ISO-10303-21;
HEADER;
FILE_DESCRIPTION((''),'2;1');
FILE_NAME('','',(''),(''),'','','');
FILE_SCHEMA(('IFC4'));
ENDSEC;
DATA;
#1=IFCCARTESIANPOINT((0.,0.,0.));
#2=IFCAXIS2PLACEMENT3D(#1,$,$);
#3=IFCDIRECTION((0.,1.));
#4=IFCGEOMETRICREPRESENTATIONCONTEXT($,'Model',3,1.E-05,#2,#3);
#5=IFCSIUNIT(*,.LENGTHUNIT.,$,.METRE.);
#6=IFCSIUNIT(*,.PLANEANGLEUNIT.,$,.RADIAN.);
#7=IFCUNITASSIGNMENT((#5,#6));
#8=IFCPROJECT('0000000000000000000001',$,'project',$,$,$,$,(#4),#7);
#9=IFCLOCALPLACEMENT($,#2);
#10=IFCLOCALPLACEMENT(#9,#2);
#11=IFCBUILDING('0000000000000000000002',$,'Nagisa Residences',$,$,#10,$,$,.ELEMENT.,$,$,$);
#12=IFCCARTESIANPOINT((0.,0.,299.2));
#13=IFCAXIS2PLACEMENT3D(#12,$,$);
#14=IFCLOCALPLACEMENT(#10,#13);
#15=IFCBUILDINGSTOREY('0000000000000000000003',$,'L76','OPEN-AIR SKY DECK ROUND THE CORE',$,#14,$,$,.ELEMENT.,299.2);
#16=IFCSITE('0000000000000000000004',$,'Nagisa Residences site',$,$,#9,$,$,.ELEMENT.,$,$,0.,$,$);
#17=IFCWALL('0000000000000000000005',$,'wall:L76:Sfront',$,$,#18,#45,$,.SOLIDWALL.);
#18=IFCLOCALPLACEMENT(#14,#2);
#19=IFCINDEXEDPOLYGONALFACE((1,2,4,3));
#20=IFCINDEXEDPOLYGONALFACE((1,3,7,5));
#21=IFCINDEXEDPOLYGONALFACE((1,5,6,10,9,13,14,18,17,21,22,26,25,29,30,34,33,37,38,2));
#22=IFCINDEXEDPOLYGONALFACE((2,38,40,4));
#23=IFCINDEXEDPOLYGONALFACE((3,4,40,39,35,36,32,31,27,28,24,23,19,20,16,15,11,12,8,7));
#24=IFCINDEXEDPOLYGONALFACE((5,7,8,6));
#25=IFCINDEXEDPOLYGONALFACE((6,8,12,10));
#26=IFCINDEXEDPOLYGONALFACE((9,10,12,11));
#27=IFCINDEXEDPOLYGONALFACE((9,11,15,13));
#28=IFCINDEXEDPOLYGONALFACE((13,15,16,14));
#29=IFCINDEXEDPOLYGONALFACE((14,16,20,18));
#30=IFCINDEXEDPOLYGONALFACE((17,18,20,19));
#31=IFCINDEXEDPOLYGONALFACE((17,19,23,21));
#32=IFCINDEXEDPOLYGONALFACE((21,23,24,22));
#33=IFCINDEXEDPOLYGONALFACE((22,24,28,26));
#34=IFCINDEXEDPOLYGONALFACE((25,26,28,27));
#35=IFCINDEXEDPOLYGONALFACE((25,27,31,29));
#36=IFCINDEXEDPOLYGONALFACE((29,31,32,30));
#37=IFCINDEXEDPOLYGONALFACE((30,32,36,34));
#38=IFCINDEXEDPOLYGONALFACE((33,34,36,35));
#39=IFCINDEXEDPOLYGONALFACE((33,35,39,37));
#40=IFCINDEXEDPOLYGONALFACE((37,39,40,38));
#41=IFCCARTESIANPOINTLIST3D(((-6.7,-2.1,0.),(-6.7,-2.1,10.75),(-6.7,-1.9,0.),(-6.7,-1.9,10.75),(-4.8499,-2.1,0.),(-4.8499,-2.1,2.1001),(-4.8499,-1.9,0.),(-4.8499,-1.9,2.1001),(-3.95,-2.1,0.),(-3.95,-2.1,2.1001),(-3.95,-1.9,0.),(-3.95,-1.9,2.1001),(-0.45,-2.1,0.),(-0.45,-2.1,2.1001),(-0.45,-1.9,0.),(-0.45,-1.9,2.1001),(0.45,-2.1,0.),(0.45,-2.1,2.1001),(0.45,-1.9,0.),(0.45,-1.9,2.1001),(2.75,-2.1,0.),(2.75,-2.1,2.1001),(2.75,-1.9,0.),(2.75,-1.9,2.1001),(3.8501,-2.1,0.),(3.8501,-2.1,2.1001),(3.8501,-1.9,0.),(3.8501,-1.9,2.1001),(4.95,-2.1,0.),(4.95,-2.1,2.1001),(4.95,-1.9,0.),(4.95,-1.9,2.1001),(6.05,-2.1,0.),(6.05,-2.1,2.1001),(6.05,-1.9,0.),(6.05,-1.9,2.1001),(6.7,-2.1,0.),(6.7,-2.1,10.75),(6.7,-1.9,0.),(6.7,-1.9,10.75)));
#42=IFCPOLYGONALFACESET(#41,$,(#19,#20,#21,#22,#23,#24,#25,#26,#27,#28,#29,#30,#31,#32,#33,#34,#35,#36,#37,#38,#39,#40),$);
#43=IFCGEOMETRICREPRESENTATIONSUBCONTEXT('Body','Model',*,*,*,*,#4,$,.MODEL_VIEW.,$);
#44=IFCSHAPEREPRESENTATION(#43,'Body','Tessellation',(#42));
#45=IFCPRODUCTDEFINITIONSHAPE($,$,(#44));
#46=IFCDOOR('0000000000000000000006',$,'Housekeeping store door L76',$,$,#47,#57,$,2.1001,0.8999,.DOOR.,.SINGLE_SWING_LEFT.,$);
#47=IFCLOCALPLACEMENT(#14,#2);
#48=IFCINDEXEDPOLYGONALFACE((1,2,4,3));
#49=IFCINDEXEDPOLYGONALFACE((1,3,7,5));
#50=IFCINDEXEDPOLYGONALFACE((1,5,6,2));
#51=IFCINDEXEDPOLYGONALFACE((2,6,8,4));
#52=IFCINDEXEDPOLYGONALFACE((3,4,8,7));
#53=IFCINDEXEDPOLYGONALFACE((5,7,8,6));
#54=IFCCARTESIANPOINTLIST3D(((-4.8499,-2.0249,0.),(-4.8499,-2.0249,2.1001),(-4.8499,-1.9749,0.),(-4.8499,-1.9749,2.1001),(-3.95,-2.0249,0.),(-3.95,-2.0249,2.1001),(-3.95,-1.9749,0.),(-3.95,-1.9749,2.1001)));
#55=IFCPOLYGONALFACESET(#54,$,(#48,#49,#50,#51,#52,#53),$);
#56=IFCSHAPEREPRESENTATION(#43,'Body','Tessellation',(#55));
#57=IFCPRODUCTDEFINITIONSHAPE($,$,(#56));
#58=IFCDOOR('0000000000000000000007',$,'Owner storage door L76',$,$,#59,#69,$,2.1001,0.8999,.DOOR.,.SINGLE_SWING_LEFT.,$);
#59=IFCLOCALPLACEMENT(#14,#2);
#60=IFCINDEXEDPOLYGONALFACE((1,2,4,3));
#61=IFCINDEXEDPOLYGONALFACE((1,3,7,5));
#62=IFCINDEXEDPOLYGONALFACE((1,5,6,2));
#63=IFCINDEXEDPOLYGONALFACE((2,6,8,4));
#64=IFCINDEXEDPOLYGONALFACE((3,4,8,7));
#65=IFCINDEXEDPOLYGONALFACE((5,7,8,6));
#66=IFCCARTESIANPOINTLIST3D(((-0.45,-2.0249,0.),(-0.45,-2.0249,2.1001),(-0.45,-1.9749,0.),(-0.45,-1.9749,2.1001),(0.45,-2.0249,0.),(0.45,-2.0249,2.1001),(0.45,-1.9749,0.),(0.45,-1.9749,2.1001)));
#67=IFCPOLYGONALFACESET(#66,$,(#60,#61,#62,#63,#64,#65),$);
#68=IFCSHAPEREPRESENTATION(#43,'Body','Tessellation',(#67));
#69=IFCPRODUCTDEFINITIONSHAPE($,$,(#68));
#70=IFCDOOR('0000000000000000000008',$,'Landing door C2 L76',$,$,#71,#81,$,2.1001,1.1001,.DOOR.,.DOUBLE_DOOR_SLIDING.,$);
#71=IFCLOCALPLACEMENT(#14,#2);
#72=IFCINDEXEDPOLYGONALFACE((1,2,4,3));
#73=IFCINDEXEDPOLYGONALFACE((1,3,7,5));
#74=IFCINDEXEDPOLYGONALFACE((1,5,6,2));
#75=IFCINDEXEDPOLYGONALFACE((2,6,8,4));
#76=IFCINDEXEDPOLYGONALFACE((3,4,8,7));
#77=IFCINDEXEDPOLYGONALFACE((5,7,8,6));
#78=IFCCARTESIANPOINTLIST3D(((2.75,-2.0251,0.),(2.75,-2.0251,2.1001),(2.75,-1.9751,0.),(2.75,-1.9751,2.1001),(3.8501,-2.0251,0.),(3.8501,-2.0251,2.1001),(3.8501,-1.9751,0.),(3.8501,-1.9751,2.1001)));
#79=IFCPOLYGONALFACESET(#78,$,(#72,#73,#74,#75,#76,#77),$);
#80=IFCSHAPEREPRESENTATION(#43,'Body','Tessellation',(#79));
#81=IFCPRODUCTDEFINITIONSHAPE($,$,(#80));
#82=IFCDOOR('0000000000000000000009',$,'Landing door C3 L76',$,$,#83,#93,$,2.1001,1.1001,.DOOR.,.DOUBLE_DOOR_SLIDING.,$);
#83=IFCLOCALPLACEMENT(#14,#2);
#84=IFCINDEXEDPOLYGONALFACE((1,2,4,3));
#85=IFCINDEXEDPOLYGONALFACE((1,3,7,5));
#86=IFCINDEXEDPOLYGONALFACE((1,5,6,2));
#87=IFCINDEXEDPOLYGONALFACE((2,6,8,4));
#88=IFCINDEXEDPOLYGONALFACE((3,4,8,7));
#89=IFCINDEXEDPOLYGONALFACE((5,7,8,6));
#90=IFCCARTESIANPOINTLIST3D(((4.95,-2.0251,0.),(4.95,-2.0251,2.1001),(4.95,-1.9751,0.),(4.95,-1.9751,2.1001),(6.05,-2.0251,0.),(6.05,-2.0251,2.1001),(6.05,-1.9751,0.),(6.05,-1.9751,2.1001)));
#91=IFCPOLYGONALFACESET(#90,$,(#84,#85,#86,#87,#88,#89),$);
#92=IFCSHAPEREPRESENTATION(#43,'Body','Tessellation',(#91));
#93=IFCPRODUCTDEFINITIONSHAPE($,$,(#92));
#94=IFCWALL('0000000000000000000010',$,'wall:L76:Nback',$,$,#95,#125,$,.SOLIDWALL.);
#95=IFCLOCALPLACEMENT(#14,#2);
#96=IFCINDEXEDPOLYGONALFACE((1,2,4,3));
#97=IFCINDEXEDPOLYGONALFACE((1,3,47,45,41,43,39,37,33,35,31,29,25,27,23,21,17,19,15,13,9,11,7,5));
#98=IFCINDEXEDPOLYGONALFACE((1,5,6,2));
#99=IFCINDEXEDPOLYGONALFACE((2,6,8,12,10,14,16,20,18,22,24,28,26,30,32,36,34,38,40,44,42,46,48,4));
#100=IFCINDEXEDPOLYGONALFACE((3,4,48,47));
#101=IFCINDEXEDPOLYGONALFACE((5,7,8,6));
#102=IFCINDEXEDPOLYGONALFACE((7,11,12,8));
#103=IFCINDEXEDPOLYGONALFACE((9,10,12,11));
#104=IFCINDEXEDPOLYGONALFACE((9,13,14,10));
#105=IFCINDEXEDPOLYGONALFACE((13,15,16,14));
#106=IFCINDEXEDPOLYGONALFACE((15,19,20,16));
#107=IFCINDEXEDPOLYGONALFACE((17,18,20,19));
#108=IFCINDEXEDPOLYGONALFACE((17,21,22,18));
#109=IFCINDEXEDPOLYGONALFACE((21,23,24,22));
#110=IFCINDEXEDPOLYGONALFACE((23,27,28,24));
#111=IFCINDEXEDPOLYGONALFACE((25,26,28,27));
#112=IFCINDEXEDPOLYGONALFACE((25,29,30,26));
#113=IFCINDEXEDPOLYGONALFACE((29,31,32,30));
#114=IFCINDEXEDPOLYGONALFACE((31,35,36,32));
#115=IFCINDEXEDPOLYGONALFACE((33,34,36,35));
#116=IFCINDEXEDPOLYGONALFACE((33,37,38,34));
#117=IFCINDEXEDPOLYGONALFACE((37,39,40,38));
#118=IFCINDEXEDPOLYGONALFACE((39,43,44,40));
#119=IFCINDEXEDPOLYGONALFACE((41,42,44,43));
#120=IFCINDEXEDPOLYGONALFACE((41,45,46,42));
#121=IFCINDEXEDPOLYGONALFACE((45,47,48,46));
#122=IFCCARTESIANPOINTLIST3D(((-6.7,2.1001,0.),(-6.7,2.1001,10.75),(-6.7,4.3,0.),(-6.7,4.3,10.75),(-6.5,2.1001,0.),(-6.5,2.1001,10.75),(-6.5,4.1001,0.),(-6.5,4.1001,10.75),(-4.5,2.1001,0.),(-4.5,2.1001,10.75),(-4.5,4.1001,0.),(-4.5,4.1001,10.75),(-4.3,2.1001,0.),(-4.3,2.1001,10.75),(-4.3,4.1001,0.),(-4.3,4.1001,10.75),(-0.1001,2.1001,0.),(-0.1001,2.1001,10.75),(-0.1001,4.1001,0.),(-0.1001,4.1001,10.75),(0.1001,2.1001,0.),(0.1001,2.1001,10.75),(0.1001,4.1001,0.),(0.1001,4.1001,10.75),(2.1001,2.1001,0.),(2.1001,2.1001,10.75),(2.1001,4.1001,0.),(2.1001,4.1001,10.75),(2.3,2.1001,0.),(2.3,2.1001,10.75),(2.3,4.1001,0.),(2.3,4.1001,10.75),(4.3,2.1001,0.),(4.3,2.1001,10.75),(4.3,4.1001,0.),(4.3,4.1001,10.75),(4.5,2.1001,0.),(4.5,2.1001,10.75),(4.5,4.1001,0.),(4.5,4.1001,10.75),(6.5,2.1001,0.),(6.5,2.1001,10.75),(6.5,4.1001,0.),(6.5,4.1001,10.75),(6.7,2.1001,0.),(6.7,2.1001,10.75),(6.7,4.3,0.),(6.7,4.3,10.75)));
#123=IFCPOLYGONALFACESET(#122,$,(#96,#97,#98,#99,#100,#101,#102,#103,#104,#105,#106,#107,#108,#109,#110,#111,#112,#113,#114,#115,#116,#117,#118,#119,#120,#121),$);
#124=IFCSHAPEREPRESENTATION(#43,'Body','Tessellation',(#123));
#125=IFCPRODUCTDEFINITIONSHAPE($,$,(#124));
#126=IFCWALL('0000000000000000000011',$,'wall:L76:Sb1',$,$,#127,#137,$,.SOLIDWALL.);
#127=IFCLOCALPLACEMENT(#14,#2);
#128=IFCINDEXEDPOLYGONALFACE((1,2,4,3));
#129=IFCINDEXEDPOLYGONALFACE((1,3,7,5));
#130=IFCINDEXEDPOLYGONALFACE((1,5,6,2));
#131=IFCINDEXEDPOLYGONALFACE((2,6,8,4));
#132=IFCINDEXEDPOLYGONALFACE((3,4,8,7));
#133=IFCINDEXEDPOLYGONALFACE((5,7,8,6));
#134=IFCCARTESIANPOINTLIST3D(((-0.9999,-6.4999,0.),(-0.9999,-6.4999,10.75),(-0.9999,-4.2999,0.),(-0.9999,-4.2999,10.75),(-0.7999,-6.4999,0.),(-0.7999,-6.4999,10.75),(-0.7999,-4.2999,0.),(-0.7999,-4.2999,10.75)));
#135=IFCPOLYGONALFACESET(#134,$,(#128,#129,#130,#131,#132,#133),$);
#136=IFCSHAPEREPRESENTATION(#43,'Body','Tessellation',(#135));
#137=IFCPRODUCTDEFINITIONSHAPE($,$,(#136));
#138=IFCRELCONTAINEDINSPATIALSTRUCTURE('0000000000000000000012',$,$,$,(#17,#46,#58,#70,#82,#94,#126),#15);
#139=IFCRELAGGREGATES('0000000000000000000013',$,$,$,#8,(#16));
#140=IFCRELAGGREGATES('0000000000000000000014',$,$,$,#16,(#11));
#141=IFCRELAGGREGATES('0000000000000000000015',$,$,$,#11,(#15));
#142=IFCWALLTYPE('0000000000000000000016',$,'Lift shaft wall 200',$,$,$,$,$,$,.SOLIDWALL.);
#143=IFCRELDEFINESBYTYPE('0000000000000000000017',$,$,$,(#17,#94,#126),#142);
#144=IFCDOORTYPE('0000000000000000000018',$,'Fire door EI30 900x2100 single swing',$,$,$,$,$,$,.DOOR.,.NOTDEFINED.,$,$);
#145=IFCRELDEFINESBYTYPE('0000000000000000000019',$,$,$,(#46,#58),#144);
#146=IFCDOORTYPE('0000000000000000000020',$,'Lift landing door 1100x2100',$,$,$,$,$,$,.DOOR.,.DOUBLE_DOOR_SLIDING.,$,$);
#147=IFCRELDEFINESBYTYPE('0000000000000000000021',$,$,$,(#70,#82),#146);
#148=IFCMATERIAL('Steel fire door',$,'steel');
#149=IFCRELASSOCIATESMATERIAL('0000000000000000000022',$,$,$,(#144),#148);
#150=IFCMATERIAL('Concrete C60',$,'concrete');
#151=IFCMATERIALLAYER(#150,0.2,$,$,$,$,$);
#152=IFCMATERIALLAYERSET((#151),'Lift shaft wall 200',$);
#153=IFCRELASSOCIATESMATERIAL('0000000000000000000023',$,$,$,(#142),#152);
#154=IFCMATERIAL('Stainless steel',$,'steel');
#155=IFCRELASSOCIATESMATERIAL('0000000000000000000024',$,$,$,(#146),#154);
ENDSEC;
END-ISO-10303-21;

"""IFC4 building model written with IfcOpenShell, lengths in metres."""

from ifc_helpers import new_model, si_unit, direction, frame, frame_2d, origin, place, context, subcontext, project, spatial, polyline, rectangle, outline, extrude, material, layer, layer_set, type_object, element, fill, save


model = new_model("IFC4")

# Units and contexts
model_context = context("Model", 3, precision=1e-05, world=origin(), true_north=direction((0.0, 1.0)))
body_context = subcontext(model_context, "Body", "Model", "MODEL_VIEW")
ifc_project = project(units=[si_unit("LENGTHUNIT", "METRE"), si_unit("PLANEANGLEUNIT", "RADIAN")], contexts=[model_context])

# Site, building, storey
site_placement = place(None, origin())
site = spatial("IfcSite", under=ifc_project, at=site_placement, Name="Nagisa Residences site", CompositionType="ELEMENT", RefElevation=0.0)
building_placement = place(site_placement, origin())
building = spatial("IfcBuilding", under=site, at=building_placement, Name="Nagisa Residences", CompositionType="ELEMENT")
storey_placement = place(building_placement, frame((0.0, 0.0, 299.2)))
storey = spatial("IfcBuildingStorey", under=building, at=storey_placement, Name="L76", Description="OPEN-AIR SKY DECK ROUND THE CORE", CompositionType="ELEMENT", Elevation=299.2)

# Shared definitions
ifc_material_1 = material(Name="Steel fire door", Category="steel")
door_type_1 = type_object("IfcDoorType", Name="Fire door EI30 900x2100 single swing", OperationType="NOTDEFINED", PredefinedType="DOOR", material=ifc_material_1)

# Shared definitions
ifc_material_2 = material(Name="Concrete C60", Category="concrete")
ifc_layer_1 = layer(ifc_material_2, 0.2)
ifc_layer_set_1 = layer_set([ifc_layer_1], Name="Lift shaft wall 200")
wall_type_1 = type_object("IfcWallType", Name="Lift shaft wall 200", PredefinedType="SOLIDWALL", material=ifc_layer_set_1)

# Wall, openings, doors
wall_1_placement = place(storey_placement, frame((-6.7, -2.0, 0.0), z_axis=(0.0, 0.0, 1.0), x_axis=(1.0, 0.0, 0.0)))
wall_1 = element("IfcWall", 1, at=wall_1_placement, inside=storey, type_object=wall_type_1, Name="wall:L76:Sfront", PredefinedType="SOLIDWALL", context=body_context, shape_type="SweptSolid", body=[
    extrude(rectangle(XDim=13.3999, YDim=0.2, at=frame_2d((6.7, 0.0))), origin(), (0.0, 0.0, 1.0), 10.75),
])
opening_1_placement = place(wall_1_placement, frame((9.45, 0.0, 0.0)))
opening_1 = element("IfcOpeningElement", 2, at=opening_1_placement, cuts=wall_1, PredefinedType="OPENING", context=body_context, shape_type="SweptSolid", body=[
    extrude(rectangle(XDim=1.1001, YDim=2.1001, at=frame_2d((0.55, 1.05))), frame((0.0, 0.1099, 0.0), z_axis=(0.0, -1.0, 0.0), x_axis=(1.0, 0.0, 0.0)), (0.0, 0.0, 1.0), 0.22),
])
opening_2_placement = place(wall_1_placement, frame((11.6499, 0.0, 0.0)))
opening_2 = element("IfcOpeningElement", 3, at=opening_2_placement, cuts=wall_1, PredefinedType="OPENING", context=body_context, shape_type="SweptSolid", body=[
    extrude(rectangle(XDim=1.1001, YDim=2.1001, at=frame_2d((0.55, 1.05))), frame((0.0, 0.1099, 0.0), z_axis=(0.0, -1.0, 0.0), x_axis=(1.0, 0.0, 0.0)), (0.0, 0.0, 1.0), 0.22),
])
opening_3_placement = place(wall_1_placement, frame((1.8501, 0.0, 0.0)))
opening_3 = element("IfcOpeningElement", 4, at=opening_3_placement, cuts=wall_1, PredefinedType="OPENING", context=body_context, shape_type="SweptSolid", body=[
    extrude(rectangle(XDim=0.8999, YDim=2.1001, at=frame_2d((0.45, 1.05))), frame((0.0, 0.1099, 0.0), z_axis=(0.0, -1.0, 0.0), x_axis=(1.0, 0.0, 0.0)), (0.0, 0.0, 1.0), 0.22),
])
opening_4_placement = place(wall_1_placement, frame((6.25, 0.0, 0.0)))
opening_4 = element("IfcOpeningElement", 5, at=opening_4_placement, cuts=wall_1, PredefinedType="OPENING", context=body_context, shape_type="SweptSolid", body=[
    extrude(rectangle(XDim=0.8999, YDim=2.1001, at=frame_2d((0.45, 1.05))), frame((0.0, 0.1099, 0.0), z_axis=(0.0, -1.0, 0.0), x_axis=(1.0, 0.0, 0.0)), (0.0, 0.0, 1.0), 0.22),
])
door_1_placement = place(opening_3_placement, frame((0.8999, 0.0, 0.0), x_axis=(-1.0, 0.0, 0.0)))
door_1 = element("IfcDoor", 6, at=door_1_placement, inside=storey, type_object=door_type_1, Name="Housekeeping store door L76", OperationType="SINGLE_SWING_LEFT", OverallHeight=2.1001, OverallWidth=0.8999, PredefinedType="DOOR", context=body_context, shape_type="SweptSolid", body=[
    extrude(rectangle(XDim=0.8999, YDim=2.1001, at=frame_2d((0.45, 1.05))), frame((0.0, 0.0249, 0.0), z_axis=(0.0, -1.0, 0.0), x_axis=(1.0, 0.0, 0.0)), (0.0, 0.0, 1.0), 0.05),
])
fill(opening_3, door_1)
door_2_placement = place(opening_4_placement, frame((0.8999, 0.0, 0.0), x_axis=(-1.0, 0.0, 0.0)))
door_2 = element("IfcDoor", 7, at=door_2_placement, inside=storey, type_object=door_type_1, Name="Owner storage door L76", OperationType="SINGLE_SWING_LEFT", OverallHeight=2.1001, OverallWidth=0.8999, PredefinedType="DOOR", context=body_context, shape_type="SweptSolid", body=[
    extrude(rectangle(XDim=0.8999, YDim=2.1001, at=frame_2d((0.45, 1.05))), frame((0.0, 0.0249, 0.0), z_axis=(0.0, -1.0, 0.0), x_axis=(1.0, 0.0, 0.0)), (0.0, 0.0, 1.0), 0.05),
])
fill(opening_4, door_2)
ifc_material_3 = material(Name="Stainless steel", Category="steel")
door_type_2 = type_object("IfcDoorType", Name="Lift landing door 1100x2100", OperationType="DOUBLE_DOOR_SLIDING", PredefinedType="DOOR", material=ifc_material_3)
door_3_placement = place(opening_1_placement, origin())
door_3 = element("IfcDoor", 8, at=door_3_placement, inside=storey, type_object=door_type_2, Name="Landing door C2 L76", OperationType="DOUBLE_DOOR_SLIDING", OverallHeight=2.1001, OverallWidth=1.1001, PredefinedType="DOOR", context=body_context, shape_type="SweptSolid", body=[
    extrude(rectangle(XDim=1.1001, YDim=2.1001, at=frame_2d((0.55, 1.05))), frame((0.0, 0.0249, 0.0), z_axis=(0.0, -1.0, 0.0), x_axis=(1.0, 0.0, 0.0)), (0.0, 0.0, 1.0), 0.05),
])
fill(opening_1, door_3)
door_4_placement = place(opening_2_placement, origin())
door_4 = element("IfcDoor", 9, at=door_4_placement, inside=storey, type_object=door_type_2, Name="Landing door C3 L76", OperationType="DOUBLE_DOOR_SLIDING", OverallHeight=2.1001, OverallWidth=1.1001, PredefinedType="DOOR", context=body_context, shape_type="SweptSolid", body=[
    extrude(rectangle(XDim=1.1001, YDim=2.1001, at=frame_2d((0.55, 1.05))), frame((0.0, 0.0249, 0.0), z_axis=(0.0, -1.0, 0.0), x_axis=(1.0, 0.0, 0.0)), (0.0, 0.0, 1.0), 0.05),
])
fill(opening_2, door_4)

# Walls
wall_2_placement = place(storey_placement, origin())
element("IfcWall", 10, at=wall_2_placement, inside=storey, type_object=wall_type_1, Name="wall:L76:Nback", PredefinedType="SOLIDWALL", context=body_context, shape_type="SweptSolid", body=[
    extrude(outline(polyline([(-6.7, 4.3), (6.7, 4.3), (6.7, 2.1001), (6.5, 2.1001), (6.5, 4.1001), (4.5, 4.1001), (4.5, 2.1001), (4.3, 2.1001), (4.3, 4.1001), (2.3, 4.1001), (2.3, 2.1001), (2.1001, 2.1001), (2.1001, 4.1001), (0.1001, 4.1001), (0.1001, 2.1001), (-0.1001, 2.1001), (-0.1001, 4.1001), (-4.3, 4.1001), (-4.3, 2.1001), (-4.5, 2.1001), (-4.5, 4.1001), (-6.5, 4.1001), (-6.5, 2.1001), (-6.7, 2.1001), (-6.7, 4.3)])), origin(), (0.0, 0.0, 1.0), 10.75),
])
wall_3_placement = place(storey_placement, frame((-0.8999, -6.5, 0.0), z_axis=(0.0, 0.0, 1.0), x_axis=(0.0, 1.0, 0.0)))
element("IfcWall", 11, at=wall_3_placement, inside=storey, type_object=wall_type_1, Name="wall:L76:Sb1", PredefinedType="SOLIDWALL", context=body_context, shape_type="SweptSolid", body=[
    extrude(rectangle(XDim=2.2, YDim=0.2, at=frame_2d((1.1001, 0.0))), origin(), (0.0, 0.0, 1.0), 10.75),
])

save(model, "model.ifc")
